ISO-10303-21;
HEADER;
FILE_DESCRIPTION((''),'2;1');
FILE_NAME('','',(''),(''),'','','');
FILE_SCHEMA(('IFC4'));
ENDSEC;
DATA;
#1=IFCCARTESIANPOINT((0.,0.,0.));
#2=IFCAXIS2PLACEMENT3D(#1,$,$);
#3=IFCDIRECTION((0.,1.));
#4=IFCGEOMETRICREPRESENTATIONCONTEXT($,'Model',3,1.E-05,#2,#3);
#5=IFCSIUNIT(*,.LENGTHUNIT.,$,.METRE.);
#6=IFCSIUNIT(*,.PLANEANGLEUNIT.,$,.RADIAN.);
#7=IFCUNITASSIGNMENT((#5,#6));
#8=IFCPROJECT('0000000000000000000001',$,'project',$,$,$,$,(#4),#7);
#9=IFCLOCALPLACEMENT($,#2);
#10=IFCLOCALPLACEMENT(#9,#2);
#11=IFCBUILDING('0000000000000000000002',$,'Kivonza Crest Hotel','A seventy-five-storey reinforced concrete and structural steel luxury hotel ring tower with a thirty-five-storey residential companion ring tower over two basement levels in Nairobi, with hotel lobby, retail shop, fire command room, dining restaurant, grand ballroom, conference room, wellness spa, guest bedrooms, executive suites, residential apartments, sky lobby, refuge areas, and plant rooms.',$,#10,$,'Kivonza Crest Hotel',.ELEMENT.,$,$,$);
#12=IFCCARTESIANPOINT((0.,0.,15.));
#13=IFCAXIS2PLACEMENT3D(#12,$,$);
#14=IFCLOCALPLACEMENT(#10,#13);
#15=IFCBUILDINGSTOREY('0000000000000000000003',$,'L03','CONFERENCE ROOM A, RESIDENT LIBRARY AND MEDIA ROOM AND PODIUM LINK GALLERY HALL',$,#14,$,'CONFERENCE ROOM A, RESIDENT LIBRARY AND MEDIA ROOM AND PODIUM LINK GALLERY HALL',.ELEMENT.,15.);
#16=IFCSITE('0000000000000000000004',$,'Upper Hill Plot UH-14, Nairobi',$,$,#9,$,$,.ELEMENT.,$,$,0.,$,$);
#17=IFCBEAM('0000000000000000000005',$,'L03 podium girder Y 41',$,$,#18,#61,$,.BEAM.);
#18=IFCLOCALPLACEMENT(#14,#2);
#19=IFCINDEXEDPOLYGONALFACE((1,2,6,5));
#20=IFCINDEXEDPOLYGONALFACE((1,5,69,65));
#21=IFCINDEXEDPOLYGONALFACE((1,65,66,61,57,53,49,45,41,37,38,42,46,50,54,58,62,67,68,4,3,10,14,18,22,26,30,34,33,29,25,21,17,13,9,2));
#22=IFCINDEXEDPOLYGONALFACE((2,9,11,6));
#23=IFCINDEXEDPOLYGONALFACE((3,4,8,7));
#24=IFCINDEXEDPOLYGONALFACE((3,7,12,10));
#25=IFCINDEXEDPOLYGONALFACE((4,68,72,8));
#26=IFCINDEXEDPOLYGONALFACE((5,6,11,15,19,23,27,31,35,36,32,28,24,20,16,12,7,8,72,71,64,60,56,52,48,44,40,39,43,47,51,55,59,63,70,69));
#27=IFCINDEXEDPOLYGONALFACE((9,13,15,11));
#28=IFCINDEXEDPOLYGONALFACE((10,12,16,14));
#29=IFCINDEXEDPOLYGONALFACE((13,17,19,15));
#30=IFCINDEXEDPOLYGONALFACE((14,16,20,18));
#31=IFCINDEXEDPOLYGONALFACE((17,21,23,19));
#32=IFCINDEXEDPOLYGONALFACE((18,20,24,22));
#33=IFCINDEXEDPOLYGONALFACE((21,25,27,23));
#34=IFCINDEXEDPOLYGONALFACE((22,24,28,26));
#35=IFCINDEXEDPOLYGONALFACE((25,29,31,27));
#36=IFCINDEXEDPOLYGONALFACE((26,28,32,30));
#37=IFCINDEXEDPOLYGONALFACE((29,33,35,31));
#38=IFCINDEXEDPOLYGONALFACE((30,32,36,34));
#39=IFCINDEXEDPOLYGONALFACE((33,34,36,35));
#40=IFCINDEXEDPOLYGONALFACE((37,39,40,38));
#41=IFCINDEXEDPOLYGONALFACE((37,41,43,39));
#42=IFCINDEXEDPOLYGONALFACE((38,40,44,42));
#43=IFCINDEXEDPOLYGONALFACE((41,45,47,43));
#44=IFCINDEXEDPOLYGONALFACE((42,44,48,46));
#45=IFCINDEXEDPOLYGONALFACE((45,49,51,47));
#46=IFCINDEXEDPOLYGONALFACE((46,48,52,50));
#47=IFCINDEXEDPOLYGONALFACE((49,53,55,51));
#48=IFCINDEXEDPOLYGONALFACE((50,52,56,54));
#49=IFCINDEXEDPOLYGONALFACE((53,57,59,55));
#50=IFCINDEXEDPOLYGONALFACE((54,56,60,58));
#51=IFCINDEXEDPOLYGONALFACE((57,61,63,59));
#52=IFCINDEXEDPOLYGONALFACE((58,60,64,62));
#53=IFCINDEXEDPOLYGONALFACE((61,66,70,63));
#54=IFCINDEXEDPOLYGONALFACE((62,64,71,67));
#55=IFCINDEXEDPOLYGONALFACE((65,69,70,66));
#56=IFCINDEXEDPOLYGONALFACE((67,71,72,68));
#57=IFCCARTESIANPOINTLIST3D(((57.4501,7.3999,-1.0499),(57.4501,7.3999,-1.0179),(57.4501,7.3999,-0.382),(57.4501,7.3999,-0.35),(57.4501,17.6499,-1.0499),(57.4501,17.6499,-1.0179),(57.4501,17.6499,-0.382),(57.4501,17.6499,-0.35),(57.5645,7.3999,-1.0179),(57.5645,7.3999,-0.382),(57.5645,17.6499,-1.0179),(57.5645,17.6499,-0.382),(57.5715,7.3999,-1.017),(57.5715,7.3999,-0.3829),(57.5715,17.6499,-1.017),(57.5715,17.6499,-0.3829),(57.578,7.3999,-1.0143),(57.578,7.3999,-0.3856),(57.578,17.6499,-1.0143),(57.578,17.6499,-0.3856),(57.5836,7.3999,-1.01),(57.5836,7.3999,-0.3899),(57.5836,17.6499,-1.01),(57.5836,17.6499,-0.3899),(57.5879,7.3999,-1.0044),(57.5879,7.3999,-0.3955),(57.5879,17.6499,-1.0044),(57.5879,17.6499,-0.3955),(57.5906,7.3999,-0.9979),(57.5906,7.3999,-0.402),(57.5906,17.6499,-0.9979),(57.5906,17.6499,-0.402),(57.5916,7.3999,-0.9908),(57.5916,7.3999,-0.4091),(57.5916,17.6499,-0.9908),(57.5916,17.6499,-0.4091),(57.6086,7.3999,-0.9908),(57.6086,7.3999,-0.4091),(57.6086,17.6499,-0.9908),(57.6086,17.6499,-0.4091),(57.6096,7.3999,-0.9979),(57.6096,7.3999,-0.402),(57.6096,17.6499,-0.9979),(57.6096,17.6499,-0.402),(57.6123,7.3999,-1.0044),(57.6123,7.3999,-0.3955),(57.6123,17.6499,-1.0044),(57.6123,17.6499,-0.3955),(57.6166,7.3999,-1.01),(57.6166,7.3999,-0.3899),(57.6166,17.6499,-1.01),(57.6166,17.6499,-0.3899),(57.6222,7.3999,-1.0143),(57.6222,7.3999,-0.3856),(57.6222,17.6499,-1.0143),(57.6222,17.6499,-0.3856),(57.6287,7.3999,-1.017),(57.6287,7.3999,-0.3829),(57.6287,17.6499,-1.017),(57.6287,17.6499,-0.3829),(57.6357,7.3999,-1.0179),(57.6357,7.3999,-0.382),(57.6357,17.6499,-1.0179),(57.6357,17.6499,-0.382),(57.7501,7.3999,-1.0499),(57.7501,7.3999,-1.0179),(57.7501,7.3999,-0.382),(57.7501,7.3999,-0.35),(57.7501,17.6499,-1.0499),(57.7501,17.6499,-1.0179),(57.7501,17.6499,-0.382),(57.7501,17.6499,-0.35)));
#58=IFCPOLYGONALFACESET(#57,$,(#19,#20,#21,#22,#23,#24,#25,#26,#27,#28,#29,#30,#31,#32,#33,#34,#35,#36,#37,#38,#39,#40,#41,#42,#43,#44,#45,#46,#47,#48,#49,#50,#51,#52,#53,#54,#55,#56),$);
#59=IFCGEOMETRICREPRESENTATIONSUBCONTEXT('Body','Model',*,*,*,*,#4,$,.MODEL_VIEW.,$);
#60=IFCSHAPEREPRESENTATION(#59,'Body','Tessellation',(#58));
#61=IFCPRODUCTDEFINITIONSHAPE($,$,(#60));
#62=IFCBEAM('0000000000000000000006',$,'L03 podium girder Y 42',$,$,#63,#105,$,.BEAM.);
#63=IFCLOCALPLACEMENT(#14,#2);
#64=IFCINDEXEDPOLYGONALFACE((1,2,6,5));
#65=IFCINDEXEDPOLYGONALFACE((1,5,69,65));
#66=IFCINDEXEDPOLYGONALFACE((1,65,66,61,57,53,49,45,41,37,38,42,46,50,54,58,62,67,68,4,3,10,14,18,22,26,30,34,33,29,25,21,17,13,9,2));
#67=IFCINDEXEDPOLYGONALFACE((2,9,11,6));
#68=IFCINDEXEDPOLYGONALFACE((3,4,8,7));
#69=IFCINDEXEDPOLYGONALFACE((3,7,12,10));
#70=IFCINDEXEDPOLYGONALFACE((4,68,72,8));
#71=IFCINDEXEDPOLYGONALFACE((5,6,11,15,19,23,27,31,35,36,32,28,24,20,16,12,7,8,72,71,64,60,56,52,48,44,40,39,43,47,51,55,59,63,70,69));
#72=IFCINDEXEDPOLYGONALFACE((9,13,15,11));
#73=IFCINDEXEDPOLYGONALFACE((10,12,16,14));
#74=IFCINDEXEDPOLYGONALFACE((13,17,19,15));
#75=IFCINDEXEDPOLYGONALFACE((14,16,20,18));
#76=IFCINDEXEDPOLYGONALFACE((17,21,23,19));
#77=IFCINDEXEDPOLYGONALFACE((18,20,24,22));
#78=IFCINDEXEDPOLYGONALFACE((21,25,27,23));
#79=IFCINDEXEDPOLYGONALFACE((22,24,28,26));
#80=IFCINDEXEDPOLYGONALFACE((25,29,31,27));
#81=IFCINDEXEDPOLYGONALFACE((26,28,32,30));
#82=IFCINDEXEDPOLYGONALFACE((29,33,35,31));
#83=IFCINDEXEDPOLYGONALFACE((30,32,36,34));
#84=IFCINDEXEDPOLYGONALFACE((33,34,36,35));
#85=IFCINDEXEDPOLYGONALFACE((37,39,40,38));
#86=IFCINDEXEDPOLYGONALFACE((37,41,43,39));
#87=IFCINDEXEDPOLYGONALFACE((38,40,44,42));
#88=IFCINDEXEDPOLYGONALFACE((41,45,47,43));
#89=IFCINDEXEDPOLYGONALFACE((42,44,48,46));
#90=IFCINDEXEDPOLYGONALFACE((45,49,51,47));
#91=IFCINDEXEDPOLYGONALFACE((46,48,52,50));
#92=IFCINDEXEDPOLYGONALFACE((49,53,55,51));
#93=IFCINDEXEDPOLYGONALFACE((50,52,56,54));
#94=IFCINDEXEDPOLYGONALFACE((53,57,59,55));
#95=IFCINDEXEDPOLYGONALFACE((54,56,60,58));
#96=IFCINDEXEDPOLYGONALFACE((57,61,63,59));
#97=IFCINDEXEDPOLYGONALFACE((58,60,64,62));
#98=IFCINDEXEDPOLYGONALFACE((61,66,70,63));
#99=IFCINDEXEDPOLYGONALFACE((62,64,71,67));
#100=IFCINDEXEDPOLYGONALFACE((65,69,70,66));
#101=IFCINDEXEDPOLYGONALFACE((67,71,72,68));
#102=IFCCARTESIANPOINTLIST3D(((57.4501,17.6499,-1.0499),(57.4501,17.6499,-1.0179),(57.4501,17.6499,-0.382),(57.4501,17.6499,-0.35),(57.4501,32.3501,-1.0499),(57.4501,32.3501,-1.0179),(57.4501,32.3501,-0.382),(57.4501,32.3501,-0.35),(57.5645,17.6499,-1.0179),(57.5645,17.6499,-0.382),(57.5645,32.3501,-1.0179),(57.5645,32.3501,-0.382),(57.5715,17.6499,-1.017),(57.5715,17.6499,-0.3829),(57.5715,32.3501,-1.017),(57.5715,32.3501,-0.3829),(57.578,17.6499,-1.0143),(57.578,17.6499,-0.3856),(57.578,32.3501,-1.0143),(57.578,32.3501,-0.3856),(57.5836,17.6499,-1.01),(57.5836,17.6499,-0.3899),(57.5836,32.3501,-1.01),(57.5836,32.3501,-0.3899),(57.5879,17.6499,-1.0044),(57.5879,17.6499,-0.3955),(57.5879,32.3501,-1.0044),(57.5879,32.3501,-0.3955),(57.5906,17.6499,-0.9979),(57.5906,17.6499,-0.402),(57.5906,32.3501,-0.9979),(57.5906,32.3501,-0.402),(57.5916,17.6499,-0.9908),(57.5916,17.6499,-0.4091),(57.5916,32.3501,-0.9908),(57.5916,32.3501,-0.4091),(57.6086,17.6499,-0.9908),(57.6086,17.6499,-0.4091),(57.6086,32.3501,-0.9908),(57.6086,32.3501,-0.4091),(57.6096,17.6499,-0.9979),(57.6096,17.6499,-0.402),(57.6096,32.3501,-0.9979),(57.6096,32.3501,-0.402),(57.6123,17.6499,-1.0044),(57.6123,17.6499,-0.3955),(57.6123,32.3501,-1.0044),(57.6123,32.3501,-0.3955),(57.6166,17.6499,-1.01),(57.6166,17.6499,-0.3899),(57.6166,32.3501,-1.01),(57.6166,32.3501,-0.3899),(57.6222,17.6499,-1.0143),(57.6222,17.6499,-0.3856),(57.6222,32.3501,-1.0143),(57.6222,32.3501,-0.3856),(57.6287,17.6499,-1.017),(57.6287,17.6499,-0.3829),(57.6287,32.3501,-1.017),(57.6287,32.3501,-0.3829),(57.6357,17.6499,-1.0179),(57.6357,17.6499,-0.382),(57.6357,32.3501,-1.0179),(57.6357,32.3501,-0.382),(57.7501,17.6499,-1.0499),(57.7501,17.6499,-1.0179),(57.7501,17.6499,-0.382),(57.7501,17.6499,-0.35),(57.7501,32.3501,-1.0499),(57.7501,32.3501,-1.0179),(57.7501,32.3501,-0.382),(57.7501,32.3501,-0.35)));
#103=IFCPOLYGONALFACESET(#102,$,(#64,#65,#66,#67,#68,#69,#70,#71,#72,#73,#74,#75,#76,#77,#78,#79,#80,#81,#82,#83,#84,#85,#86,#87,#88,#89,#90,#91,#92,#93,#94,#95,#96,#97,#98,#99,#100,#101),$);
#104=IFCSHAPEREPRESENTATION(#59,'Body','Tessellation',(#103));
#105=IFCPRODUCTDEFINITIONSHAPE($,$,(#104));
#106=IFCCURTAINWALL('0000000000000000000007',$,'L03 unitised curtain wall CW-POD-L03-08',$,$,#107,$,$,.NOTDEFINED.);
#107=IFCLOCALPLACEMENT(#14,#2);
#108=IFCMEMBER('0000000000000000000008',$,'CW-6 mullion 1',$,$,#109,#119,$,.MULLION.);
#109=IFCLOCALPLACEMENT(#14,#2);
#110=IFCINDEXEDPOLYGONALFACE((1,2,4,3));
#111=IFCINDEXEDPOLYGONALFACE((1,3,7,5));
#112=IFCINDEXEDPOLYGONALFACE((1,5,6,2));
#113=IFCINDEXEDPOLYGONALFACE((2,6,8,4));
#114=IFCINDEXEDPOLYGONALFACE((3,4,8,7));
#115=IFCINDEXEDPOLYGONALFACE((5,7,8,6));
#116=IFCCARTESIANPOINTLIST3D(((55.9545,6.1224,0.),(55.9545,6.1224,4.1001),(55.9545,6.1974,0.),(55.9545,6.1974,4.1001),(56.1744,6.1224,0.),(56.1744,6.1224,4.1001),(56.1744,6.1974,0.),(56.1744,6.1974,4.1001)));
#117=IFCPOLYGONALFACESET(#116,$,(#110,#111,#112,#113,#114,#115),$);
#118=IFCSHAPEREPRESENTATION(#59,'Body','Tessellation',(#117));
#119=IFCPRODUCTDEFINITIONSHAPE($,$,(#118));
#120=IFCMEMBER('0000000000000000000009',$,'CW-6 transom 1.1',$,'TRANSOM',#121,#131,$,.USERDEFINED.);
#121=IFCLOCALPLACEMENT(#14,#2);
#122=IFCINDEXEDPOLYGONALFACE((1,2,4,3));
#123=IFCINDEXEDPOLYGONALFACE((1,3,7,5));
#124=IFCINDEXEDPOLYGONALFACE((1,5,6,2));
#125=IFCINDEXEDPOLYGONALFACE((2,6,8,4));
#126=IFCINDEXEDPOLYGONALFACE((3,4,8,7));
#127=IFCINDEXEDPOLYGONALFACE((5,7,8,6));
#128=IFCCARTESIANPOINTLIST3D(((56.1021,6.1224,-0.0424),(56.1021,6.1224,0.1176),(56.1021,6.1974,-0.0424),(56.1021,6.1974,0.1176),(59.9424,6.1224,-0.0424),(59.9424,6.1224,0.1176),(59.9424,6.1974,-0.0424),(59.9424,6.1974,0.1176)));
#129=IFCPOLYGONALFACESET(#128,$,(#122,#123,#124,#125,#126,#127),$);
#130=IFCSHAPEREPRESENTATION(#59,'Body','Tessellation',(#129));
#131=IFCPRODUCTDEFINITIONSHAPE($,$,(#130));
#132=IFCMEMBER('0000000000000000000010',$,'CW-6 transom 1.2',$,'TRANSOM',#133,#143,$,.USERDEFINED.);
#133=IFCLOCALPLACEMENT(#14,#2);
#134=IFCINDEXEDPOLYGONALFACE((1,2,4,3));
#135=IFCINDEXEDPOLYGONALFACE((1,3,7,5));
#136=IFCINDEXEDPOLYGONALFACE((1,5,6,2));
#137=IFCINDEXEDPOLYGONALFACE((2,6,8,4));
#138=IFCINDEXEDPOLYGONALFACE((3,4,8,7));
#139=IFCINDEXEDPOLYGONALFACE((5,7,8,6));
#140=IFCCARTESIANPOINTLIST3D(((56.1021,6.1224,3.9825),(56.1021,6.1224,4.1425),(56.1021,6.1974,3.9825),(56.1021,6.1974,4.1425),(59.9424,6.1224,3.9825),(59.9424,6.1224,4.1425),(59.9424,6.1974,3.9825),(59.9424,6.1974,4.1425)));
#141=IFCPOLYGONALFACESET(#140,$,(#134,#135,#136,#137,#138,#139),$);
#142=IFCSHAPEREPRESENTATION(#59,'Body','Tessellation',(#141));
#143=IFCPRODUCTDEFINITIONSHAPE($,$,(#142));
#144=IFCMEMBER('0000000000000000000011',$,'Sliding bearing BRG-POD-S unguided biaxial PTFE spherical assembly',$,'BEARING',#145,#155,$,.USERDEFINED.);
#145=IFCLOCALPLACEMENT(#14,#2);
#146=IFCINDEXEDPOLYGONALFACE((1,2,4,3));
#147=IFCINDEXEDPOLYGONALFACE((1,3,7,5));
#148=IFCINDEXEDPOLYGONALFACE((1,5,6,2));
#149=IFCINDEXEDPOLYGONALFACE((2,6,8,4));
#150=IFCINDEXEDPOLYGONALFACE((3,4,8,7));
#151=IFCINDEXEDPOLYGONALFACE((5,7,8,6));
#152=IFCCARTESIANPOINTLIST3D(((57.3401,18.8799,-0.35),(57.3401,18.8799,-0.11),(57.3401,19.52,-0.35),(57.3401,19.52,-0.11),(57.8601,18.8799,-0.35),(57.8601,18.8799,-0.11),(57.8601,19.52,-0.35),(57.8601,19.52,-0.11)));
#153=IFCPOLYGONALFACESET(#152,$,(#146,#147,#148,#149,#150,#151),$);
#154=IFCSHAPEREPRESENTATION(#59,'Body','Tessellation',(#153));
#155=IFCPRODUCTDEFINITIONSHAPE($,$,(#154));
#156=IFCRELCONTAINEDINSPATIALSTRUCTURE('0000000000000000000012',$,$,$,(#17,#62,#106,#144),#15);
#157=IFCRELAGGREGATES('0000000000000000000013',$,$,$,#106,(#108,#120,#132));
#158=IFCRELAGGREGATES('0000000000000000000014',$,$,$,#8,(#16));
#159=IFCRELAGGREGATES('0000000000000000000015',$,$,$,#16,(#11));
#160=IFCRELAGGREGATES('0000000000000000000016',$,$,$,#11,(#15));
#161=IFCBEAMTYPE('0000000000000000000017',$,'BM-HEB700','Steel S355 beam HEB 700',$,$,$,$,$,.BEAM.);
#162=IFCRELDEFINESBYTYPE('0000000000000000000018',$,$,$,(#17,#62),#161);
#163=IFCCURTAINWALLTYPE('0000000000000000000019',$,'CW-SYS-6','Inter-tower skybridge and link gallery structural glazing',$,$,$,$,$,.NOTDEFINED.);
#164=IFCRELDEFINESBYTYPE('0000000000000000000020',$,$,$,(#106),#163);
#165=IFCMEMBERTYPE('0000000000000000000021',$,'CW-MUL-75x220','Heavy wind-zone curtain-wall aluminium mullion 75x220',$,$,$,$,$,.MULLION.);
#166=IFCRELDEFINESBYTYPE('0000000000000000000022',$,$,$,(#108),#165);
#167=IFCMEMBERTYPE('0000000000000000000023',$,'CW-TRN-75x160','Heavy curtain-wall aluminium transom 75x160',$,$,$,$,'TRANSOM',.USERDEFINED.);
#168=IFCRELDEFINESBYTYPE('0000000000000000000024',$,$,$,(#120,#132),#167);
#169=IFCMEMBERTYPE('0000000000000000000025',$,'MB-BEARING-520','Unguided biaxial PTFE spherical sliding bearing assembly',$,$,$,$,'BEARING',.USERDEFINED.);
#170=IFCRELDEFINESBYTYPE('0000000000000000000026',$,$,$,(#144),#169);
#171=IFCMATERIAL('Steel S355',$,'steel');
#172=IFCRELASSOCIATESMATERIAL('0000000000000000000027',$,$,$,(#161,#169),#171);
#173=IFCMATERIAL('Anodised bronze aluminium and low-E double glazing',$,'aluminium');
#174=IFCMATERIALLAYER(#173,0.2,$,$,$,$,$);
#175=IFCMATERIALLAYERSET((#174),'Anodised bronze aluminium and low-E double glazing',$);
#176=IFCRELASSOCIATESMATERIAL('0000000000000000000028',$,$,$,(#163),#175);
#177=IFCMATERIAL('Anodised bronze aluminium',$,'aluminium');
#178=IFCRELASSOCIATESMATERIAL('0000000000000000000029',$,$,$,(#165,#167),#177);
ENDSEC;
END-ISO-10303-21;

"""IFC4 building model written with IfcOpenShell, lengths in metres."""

from ifc_helpers import new_model, si_unit, direction, frame, origin, origin_2d, place, context, subcontext, project, spatial, rectangle, i_section, extrude, material, layer, layer_set, material_profile, profile_set, type_object, element, aggregate, save


model = new_model("IFC4")

# Units and contexts
model_context = context("Model", 3, precision=1e-05, world=origin(), true_north=direction((0.0, 1.0)))
body_context = subcontext(model_context, "Body", "Model", "MODEL_VIEW")
ifc_project = project(units=[si_unit("LENGTHUNIT", "METRE"), si_unit("PLANEANGLEUNIT", "RADIAN")], contexts=[model_context])

# Site, building, storey
site_placement = place(None, origin())
site = spatial("IfcSite", under=ifc_project, at=site_placement, Name="Upper Hill Plot UH-14, Nairobi", CompositionType="ELEMENT", RefElevation=0.0)
building_placement = place(site_placement, origin())
building = spatial("IfcBuilding", under=site, at=building_placement, Name="Kivonza Crest Hotel", Description="A seventy-five-storey reinforced concrete and structural steel luxury hotel ring tower with a thirty-five-storey residential companion ring tower over two basement levels in Nairobi, with hotel lobby, retail shop, fire command room, dining restaurant, grand ballroom, conference room, wellness spa, guest bedrooms, executive suites, residential apartments, sky lobby, refuge areas, and plant rooms.", LongName="Kivonza Crest Hotel", CompositionType="ELEMENT")
storey_placement = place(building_placement, frame((0.0, 0.0, 15.0)))
storey = spatial("IfcBuildingStorey", under=building, at=storey_placement, Name="L03", Description="CONFERENCE ROOM A, RESIDENT LIBRARY AND MEDIA ROOM AND PODIUM LINK GALLERY HALL", LongName="CONFERENCE ROOM A, RESIDENT LIBRARY AND MEDIA ROOM AND PODIUM LINK GALLERY HALL", CompositionType="ELEMENT", Elevation=15.0)

# Beams
ifc_material_1 = material(Name="Steel S355", Category="steel")
ifc_material_profile_1 = material_profile(ifc_material_1, i_section(OverallWidth=0.3, OverallDepth=0.7, WebThickness=0.0171, FlangeThickness=0.032, FilletRadius=0.0271, at=origin_2d()), Name="HEB 700")
ifc_profile_set_1 = profile_set([ifc_material_profile_1], Name="Steel S355")
beam_type_1 = type_object("IfcBeamType", Name="BM-HEB700", Description="Steel S355 beam HEB 700", PredefinedType="BEAM", material=ifc_profile_set_1)
beam_1_placement = place(storey_placement, frame((57.6001, 7.3999, -0.7), z_axis=(0.0, 1.0, 0.0), x_axis=(-1.0, 0.0, 0.0)))
element("IfcBeam", 1, at=beam_1_placement, inside=storey, type_object=beam_type_1, Name="L03 podium girder Y 41", PredefinedType="BEAM", context=body_context, shape_type="SweptSolid", body=[
    extrude(i_section(OverallWidth=0.3, OverallDepth=0.7, WebThickness=0.0171, FlangeThickness=0.032, FilletRadius=0.0271, at=origin_2d()), origin(), (0.0, 0.0, 1.0), 10.25),
])
beam_2_placement = place(storey_placement, frame((57.6001, 17.6499, -0.7), z_axis=(0.0, 1.0, 0.0), x_axis=(-1.0, 0.0, 0.0)))
element("IfcBeam", 2, at=beam_2_placement, inside=storey, type_object=beam_type_1, Name="L03 podium girder Y 42", PredefinedType="BEAM", context=body_context, shape_type="SweptSolid", body=[
    extrude(i_section(OverallWidth=0.3, OverallDepth=0.7, WebThickness=0.0171, FlangeThickness=0.032, FilletRadius=0.0271, at=origin_2d()), origin(), (0.0, 0.0, 1.0), 14.7002),
])

# Curtain wall, members
ifc_material_2 = material(Name="Anodised bronze aluminium and low-E double glazing", Category="aluminium")
ifc_layer_1 = layer(ifc_material_2, 0.2)
ifc_layer_set_1 = layer_set([ifc_layer_1], Name="Anodised bronze aluminium and low-E double glazing")
curtain_wall_type = type_object("IfcCurtainWallType", Name="CW-SYS-6", Description="Inter-tower skybridge and link gallery structural glazing", PredefinedType="NOTDEFINED", material=ifc_layer_set_1)
curtain_wall_placement = place(storey_placement, origin())
curtain_wall = element("IfcCurtainWall", 3, at=curtain_wall_placement, inside=storey, type_object=curtain_wall_type, Name="L03 unitised curtain wall CW-POD-L03-08", PredefinedType="NOTDEFINED")
ifc_material_3 = material(Name="Anodised bronze aluminium", Category="aluminium")
ifc_material_profile_2 = material_profile(ifc_material_3, rectangle(XDim=0.075, YDim=0.22, at=origin_2d()), Name="CW-M 75x220")
ifc_profile_set_2 = profile_set([ifc_material_profile_2], Name="Anodised bronze aluminium")
member_type_1 = type_object("IfcMemberType", Name="CW-MUL-75x220", Description="Heavy wind-zone curtain-wall aluminium mullion 75x220", PredefinedType="MULLION", material=ifc_profile_set_2)
member_1_placement = place(storey_placement, frame((56.0645, 6.1599, 0.0), z_axis=(0.0, 0.0, 1.0), x_axis=(0.0, 1.0, 0.0)))
member_1 = element("IfcMember", 4, at=member_1_placement, type_object=member_type_1, Name="CW-6 mullion 1", PredefinedType="MULLION", context=body_context, shape_type="SweptSolid", body=[
    extrude(rectangle(XDim=0.075, YDim=0.22, at=origin_2d()), origin(), (0.0, 0.0, 1.0), 4.1001),
])
ifc_material_profile_3 = material_profile(ifc_material_3, rectangle(XDim=0.075, YDim=0.1599, at=origin_2d()), Name="CW-T 75x160")
ifc_profile_set_3 = profile_set([ifc_material_profile_3], Name="Anodised bronze aluminium")
member_type_2 = type_object("IfcMemberType", Name="CW-TRN-75x160", Description="Heavy curtain-wall aluminium transom 75x160", ElementType="TRANSOM", PredefinedType="USERDEFINED", material=ifc_profile_set_3)
member_2_placement = place(storey_placement, frame((56.1021, 6.1599, 0.0376), z_axis=(1.0, 0.0, 0.0), x_axis=(0.0, 1.0, 0.0)))
member_2 = element("IfcMember", 5, at=member_2_placement, type_object=member_type_2, Name="CW-6 transom 1.1", ObjectType="TRANSOM", PredefinedType="USERDEFINED", context=body_context, shape_type="SweptSolid", body=[
    extrude(rectangle(XDim=0.075, YDim=0.1599, at=origin_2d()), origin(), (0.0, 0.0, 1.0), 3.8403),
])
member_3_placement = place(storey_placement, frame((56.1021, 6.1599, 4.0625), z_axis=(1.0, 0.0, 0.0), x_axis=(0.0, 1.0, 0.0)))
member_3 = element("IfcMember", 6, at=member_3_placement, type_object=member_type_2, Name="CW-6 transom 1.2", ObjectType="TRANSOM", PredefinedType="USERDEFINED", context=body_context, shape_type="SweptSolid", body=[
    extrude(rectangle(XDim=0.075, YDim=0.1599, at=origin_2d()), origin(), (0.0, 0.0, 1.0), 3.8403),
])

# Member
ifc_material_profile_4 = material_profile(ifc_material_1, rectangle(XDim=0.52, YDim=0.24, at=origin_2d()), Name="BEARING 520x240")
ifc_profile_set_4 = profile_set([ifc_material_profile_4], Name="Steel S355")
member_type_3 = type_object("IfcMemberType", Name="MB-BEARING-520", Description="Unguided biaxial PTFE spherical sliding bearing assembly", ElementType="BEARING", PredefinedType="USERDEFINED", material=ifc_profile_set_4)
member_4_placement = place(storey_placement, frame((57.6001, 18.8799, -0.23), z_axis=(0.0, 1.0, 0.0), x_axis=(-1.0, 0.0, 0.0)))
element("IfcMember", 7, at=member_4_placement, inside=storey, type_object=member_type_3, Name="Sliding bearing BRG-POD-S unguided biaxial PTFE spherical assembly", ObjectType="BEARING", PredefinedType="USERDEFINED", context=body_context, shape_type="SweptSolid", body=[
    extrude(rectangle(XDim=0.52, YDim=0.24, at=origin_2d()), origin(), (0.0, 0.0, 1.0), 0.6401),
])

aggregate(curtain_wall, [member_1, member_2, member_3])

save(model, "model.ifc")
